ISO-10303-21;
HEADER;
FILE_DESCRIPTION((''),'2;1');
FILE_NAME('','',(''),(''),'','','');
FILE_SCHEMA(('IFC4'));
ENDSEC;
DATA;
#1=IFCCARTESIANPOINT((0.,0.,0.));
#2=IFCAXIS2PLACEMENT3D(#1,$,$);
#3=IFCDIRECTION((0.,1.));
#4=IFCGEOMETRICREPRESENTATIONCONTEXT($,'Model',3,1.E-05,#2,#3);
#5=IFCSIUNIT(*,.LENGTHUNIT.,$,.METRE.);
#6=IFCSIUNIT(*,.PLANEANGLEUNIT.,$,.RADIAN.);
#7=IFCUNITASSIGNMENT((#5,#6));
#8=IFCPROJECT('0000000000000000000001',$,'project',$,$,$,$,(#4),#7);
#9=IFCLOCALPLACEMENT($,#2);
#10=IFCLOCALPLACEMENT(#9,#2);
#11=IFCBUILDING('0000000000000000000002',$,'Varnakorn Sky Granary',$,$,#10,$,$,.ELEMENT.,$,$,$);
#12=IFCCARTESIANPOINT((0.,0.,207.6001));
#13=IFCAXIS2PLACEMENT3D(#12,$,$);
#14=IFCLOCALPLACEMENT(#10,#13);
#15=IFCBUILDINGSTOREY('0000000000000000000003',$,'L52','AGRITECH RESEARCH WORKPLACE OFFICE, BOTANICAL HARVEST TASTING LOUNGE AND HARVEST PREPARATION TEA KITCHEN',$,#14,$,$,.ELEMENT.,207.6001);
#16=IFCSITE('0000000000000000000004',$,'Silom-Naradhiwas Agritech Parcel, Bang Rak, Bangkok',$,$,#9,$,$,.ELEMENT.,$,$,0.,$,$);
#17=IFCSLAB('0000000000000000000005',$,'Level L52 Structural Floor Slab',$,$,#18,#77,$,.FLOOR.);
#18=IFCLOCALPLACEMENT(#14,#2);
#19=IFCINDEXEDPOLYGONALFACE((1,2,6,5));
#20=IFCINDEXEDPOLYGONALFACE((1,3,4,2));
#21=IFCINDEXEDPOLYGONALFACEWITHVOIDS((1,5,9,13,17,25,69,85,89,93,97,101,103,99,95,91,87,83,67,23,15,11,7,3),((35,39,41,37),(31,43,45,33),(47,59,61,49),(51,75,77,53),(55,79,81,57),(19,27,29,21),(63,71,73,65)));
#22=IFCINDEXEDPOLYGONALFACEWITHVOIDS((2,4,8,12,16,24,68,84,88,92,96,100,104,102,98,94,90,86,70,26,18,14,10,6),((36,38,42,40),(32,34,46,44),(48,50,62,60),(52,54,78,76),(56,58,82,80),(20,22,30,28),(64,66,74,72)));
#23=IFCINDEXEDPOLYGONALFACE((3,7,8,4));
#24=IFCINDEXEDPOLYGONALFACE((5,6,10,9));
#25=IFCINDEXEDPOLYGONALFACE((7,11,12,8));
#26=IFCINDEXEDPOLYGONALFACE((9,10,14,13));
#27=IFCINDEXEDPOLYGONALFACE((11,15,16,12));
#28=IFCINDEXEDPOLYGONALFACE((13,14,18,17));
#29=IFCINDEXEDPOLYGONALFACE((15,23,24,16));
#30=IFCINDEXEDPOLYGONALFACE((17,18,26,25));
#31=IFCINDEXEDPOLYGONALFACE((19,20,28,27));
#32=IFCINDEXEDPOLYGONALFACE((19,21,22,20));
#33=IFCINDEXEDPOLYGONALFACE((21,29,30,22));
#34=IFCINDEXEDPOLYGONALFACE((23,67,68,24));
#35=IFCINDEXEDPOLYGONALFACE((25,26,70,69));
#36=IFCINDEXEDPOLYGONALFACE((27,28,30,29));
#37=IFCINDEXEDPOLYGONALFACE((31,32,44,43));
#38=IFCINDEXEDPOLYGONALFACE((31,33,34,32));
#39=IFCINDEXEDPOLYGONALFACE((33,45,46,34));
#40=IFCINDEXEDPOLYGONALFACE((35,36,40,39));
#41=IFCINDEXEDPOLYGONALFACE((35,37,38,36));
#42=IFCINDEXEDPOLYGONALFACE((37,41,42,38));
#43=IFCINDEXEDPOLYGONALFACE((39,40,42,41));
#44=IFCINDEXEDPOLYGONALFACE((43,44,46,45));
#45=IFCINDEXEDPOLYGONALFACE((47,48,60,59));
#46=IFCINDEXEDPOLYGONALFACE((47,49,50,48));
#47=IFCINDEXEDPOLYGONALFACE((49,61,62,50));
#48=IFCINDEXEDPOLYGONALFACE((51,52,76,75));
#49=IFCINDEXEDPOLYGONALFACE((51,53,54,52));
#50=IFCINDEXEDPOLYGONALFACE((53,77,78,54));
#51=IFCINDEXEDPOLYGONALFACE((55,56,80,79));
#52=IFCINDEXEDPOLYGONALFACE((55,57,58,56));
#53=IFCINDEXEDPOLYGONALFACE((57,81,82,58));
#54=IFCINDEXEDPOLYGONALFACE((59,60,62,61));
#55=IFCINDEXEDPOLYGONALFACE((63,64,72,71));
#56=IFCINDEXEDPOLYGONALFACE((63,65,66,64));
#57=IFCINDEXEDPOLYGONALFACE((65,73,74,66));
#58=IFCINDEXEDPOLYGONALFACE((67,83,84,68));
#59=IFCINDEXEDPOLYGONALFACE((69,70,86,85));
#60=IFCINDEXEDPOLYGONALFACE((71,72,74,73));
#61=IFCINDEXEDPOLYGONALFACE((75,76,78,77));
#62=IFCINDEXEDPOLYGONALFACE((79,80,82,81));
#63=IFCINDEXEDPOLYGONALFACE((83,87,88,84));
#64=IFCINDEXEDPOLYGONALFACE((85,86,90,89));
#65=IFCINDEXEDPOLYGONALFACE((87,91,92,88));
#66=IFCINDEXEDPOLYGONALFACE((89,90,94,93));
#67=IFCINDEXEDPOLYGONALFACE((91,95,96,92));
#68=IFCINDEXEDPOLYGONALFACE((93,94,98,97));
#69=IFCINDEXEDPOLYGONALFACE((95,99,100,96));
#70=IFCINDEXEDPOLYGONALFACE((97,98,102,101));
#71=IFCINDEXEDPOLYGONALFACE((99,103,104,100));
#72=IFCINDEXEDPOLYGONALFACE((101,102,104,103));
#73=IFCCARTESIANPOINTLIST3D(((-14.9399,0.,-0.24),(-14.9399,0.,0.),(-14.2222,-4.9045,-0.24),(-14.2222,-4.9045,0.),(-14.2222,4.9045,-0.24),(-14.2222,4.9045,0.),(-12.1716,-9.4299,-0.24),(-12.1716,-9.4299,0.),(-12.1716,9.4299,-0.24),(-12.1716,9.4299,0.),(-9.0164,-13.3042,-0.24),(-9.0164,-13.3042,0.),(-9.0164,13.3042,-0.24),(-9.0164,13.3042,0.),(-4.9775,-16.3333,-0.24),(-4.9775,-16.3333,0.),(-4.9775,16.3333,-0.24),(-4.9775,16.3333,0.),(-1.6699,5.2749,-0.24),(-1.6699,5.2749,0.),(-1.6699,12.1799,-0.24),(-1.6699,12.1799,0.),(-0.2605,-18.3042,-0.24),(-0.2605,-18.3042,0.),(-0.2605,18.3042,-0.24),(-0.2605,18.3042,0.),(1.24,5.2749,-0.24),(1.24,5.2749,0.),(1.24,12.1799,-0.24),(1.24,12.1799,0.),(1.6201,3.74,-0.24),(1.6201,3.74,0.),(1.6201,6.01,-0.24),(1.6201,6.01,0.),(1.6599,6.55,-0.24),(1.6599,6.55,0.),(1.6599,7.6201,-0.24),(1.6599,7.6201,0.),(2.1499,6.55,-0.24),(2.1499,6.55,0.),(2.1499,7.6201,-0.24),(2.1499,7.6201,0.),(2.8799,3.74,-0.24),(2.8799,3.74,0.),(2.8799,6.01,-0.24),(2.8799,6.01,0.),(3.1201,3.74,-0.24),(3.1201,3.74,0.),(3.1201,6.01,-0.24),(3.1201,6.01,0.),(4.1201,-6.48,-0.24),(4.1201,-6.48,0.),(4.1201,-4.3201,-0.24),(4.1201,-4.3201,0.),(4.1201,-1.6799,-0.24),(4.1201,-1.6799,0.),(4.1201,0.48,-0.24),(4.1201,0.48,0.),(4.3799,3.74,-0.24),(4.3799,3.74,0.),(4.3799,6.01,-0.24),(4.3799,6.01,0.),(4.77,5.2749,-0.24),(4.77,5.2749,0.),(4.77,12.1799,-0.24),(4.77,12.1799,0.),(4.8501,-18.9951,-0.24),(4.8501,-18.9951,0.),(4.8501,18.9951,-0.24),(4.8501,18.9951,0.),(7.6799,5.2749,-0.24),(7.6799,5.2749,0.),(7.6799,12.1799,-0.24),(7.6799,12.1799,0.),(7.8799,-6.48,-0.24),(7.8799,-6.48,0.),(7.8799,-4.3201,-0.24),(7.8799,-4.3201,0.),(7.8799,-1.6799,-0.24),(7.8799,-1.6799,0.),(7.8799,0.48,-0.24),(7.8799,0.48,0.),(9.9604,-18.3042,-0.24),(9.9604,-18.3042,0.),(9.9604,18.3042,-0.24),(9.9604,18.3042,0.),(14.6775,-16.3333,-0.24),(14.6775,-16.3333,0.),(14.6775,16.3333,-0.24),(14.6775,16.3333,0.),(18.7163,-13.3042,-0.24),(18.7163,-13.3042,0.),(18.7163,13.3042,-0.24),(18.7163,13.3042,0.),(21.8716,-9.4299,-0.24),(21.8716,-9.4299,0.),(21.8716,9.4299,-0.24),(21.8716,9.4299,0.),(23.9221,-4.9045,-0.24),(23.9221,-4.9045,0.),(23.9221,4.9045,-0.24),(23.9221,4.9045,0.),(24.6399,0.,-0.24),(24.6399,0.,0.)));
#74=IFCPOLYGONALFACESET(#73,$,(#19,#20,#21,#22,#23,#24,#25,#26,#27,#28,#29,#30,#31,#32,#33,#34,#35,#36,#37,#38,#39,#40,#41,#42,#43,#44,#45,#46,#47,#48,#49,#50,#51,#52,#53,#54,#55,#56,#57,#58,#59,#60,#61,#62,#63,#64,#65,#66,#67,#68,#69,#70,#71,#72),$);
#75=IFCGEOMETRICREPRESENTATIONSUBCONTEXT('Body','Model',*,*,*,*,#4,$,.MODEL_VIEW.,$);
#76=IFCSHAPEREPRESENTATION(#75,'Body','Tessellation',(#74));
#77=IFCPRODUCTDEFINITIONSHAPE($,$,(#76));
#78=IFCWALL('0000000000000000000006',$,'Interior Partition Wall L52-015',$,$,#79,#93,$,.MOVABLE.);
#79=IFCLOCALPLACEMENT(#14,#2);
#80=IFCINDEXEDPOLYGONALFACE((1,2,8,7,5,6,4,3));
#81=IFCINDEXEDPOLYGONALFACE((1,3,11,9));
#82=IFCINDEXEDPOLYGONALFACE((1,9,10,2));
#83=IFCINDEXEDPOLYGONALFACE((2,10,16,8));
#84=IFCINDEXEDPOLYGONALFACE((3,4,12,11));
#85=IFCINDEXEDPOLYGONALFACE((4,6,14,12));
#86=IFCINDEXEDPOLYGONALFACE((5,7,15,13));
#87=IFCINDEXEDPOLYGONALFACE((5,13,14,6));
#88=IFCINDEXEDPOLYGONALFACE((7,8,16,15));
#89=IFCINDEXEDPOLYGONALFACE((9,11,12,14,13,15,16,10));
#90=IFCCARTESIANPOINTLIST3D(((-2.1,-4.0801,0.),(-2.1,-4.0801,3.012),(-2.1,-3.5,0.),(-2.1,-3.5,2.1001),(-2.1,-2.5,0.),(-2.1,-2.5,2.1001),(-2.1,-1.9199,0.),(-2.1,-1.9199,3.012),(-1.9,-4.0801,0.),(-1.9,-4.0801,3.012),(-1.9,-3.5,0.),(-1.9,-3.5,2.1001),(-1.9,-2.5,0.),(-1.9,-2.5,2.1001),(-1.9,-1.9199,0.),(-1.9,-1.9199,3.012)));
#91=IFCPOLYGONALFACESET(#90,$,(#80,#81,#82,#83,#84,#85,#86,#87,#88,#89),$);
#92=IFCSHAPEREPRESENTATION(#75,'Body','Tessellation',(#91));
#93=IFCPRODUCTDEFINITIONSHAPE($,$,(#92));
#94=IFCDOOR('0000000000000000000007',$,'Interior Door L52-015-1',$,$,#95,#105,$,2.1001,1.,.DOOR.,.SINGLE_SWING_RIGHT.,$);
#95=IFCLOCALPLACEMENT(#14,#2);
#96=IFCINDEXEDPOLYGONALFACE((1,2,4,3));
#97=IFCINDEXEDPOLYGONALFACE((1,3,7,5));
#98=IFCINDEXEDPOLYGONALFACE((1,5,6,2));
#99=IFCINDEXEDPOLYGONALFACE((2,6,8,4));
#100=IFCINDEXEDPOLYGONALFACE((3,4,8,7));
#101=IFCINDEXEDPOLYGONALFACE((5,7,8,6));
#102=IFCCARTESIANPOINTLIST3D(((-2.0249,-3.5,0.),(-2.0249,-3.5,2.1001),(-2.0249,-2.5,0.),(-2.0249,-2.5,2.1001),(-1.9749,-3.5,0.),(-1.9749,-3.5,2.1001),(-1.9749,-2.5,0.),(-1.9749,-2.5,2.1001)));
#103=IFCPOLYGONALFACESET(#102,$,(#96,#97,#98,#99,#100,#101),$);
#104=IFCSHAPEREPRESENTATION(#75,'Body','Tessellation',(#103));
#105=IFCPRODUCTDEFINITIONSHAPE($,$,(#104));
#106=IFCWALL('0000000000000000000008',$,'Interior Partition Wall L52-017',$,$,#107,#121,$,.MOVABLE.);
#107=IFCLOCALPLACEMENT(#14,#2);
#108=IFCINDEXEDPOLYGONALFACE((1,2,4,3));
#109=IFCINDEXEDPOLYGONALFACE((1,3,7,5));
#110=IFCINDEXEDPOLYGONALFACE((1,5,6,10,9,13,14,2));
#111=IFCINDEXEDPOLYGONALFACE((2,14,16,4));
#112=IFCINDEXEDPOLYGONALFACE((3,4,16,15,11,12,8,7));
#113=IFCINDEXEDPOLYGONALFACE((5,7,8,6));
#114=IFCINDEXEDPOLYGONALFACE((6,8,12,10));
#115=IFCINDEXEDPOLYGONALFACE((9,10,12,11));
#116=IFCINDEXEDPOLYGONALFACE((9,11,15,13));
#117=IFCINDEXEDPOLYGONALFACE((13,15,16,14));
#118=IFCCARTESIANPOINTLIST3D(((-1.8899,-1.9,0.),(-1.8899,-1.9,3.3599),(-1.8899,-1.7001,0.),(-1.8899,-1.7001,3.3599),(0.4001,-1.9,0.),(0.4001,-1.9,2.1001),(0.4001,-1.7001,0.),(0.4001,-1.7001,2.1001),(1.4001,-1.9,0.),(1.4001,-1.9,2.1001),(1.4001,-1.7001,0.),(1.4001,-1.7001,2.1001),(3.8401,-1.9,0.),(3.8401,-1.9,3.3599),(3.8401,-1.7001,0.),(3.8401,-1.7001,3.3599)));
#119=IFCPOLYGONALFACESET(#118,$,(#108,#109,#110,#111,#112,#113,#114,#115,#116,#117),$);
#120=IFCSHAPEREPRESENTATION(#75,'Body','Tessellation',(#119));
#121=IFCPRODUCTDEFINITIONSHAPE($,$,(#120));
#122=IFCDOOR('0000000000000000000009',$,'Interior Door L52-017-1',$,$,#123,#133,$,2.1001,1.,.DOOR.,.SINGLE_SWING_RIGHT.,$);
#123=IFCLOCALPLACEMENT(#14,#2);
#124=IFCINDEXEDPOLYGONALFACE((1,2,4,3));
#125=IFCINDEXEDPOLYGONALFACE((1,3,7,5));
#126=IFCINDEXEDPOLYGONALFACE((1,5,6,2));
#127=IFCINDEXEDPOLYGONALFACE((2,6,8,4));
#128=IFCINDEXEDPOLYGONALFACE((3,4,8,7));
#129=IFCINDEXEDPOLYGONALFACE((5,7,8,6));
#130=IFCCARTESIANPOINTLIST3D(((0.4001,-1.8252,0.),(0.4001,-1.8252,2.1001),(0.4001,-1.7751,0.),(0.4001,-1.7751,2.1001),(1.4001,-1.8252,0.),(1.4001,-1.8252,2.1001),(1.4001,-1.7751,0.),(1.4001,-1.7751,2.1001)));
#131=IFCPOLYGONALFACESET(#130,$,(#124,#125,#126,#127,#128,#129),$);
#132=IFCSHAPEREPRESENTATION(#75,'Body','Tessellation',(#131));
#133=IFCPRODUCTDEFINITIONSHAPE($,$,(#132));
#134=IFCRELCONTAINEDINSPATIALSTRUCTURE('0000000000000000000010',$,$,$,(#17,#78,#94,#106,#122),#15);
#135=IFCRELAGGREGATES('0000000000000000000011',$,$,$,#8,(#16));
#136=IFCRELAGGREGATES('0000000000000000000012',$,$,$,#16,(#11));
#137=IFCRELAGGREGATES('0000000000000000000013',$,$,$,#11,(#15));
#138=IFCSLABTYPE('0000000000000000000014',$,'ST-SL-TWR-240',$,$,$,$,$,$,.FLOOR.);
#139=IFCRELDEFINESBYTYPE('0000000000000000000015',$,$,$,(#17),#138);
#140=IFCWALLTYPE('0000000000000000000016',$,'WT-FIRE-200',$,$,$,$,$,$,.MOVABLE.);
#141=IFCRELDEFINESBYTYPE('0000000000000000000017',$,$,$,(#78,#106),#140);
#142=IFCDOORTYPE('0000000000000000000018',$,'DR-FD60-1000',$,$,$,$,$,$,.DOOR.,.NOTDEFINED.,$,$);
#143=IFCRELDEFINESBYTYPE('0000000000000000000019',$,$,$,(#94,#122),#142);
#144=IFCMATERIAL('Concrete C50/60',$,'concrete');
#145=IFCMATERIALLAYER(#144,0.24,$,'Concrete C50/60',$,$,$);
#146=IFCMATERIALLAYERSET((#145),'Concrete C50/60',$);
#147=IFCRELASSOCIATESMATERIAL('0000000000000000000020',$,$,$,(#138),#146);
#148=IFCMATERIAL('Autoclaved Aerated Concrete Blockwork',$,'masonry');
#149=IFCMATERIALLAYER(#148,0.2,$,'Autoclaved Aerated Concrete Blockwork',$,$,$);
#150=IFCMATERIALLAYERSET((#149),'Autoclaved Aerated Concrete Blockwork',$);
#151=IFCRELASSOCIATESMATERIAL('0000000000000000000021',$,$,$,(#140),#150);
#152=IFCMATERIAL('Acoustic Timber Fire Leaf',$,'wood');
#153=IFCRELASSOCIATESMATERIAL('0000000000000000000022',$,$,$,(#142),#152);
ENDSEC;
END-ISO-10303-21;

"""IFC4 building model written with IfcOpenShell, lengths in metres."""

from ifc_helpers import new_model, si_unit, direction, frame, frame_2d, origin, place, context, subcontext, project, spatial, polyline, rectangle, outline, extrude, material, layer, layer_set, type_object, element, fill, save


model = new_model("IFC4")

# Units and contexts
model_context = context("Model", 3, precision=1e-05, world=origin(), true_north=direction((0.0, 1.0)))
body_context = subcontext(model_context, "Body", "Model", "MODEL_VIEW")
ifc_project = project(units=[si_unit("LENGTHUNIT", "METRE"), si_unit("PLANEANGLEUNIT", "RADIAN")], contexts=[model_context])

# Site, building, storey
site_placement = place(None, origin())
site = spatial("IfcSite", under=ifc_project, at=site_placement, Name="Silom-Naradhiwas Agritech Parcel, Bang Rak, Bangkok", CompositionType="ELEMENT", RefElevation=0.0)
building_placement = place(site_placement, origin())
building = spatial("IfcBuilding", under=site, at=building_placement, Name="Varnakorn Sky Granary", CompositionType="ELEMENT")
storey_placement = place(building_placement, frame((0.0, 0.0, 207.6001)))
storey = spatial("IfcBuildingStorey", under=building, at=storey_placement, Name="L52", Description="AGRITECH RESEARCH WORKPLACE OFFICE, BOTANICAL HARVEST TASTING LOUNGE AND HARVEST PREPARATION TEA KITCHEN", CompositionType="ELEMENT", Elevation=207.6001)

# Shared definitions
ifc_material_1 = material(Name="Concrete C50/60", Category="concrete")

# Slab
ifc_layer_1 = layer(ifc_material_1, 0.24, Name="Concrete C50/60")
ifc_layer_set_1 = layer_set([ifc_layer_1], Name="Concrete C50/60")
slab_type_1 = type_object("IfcSlabType", Name="ST-SL-TWR-240", PredefinedType="FLOOR", material=ifc_layer_set_1)
slab_1_placement = place(storey_placement, frame((0.0, 0.0, -0.24)))
element("IfcSlab", 1, at=slab_1_placement, inside=storey, type_object=slab_type_1, Name="Level L52 Structural Floor Slab", PredefinedType="FLOOR", context=body_context, shape_type="SweptSolid", body=[
    extrude(outline(polyline([(24.6399, 0.0), (23.9221, 4.9045), (21.8716, 9.4299), (18.7163, 13.3042), (14.6775, 16.3333), (9.9604, 18.3042), (4.8501, 18.9951), (-0.2605, 18.3042), (-4.9775, 16.3333), (-9.0164, 13.3042), (-12.1716, 9.4299), (-14.2222, 4.9045), (-14.9399, 0.0), (-14.2222, -4.9045), (-12.1716, -9.4299), (-9.0164, -13.3042), (-4.9775, -16.3333), (-0.2605, -18.3042), (4.8501, -18.9951), (9.9604, -18.3042), (14.6775, -16.3333), (18.7163, -13.3042), (21.8716, -9.4299), (23.9221, -4.9045), (24.6399, 0.0)]), holes=[polyline([(1.24, 5.2749), (1.24, 12.1799), (-1.6699, 12.1799), (-1.6699, 5.2749), (1.24, 5.2749)]), polyline([(7.6799, 5.2749), (7.6799, 12.1799), (4.77, 12.1799), (4.77, 5.2749), (7.6799, 5.2749)]), polyline([(1.6599, 6.55), (2.1499, 6.55), (2.1499, 7.6201), (1.6599, 7.6201), (1.6599, 6.55)]), polyline([(1.6201, 3.74), (2.8799, 3.74), (2.8799, 6.01), (1.6201, 6.01), (1.6201, 3.74)]), polyline([(3.1201, 3.74), (4.3799, 3.74), (4.3799, 6.01), (3.1201, 6.01), (3.1201, 3.74)]), polyline([(4.1201, -1.6799), (7.8799, -1.6799), (7.8799, 0.48), (4.1201, 0.48), (4.1201, -1.6799)]), polyline([(4.1201, -6.48), (7.8799, -6.48), (7.8799, -4.3201), (4.1201, -4.3201), (4.1201, -6.48)])]), origin(), (0.0, 0.0, 1.0), 0.24),
])

# Walls, openings, doors
ifc_material_2 = material(Name="Autoclaved Aerated Concrete Blockwork", Category="masonry")
ifc_layer_2 = layer(ifc_material_2, 0.2, Name="Autoclaved Aerated Concrete Blockwork")
ifc_layer_set_2 = layer_set([ifc_layer_2], Name="Autoclaved Aerated Concrete Blockwork")
wall_type_1 = type_object("IfcWallType", Name="WT-FIRE-200", PredefinedType="MOVABLE", material=ifc_layer_set_2)
wall_1_placement = place(storey_placement, frame((-2.0, -4.0801, 0.0), z_axis=(0.0, 0.0, 1.0), x_axis=(0.0, 1.0, 0.0)))
wall_1 = element("IfcWall", 2, at=wall_1_placement, inside=storey, type_object=wall_type_1, Name="Interior Partition Wall L52-015", PredefinedType="MOVABLE", context=body_context, shape_type="SweptSolid", body=[
    extrude(rectangle(XDim=2.1602, YDim=0.2, at=frame_2d((1.0801, 0.0))), origin(), (0.0, 0.0, 1.0), 3.012),
])
opening_1_placement = place(wall_1_placement, frame((0.5801, 0.0, 0.0)))
opening_1 = element("IfcOpeningElement", 3, at=opening_1_placement, cuts=wall_1, PredefinedType="OPENING", context=body_context, shape_type="SweptSolid", body=[
    extrude(rectangle(XDim=1.0, YDim=2.1001, at=frame_2d((0.5, 1.05))), frame((0.0, 0.1099, 0.0), z_axis=(0.0, -1.0, 0.0), x_axis=(1.0, 0.0, 0.0)), (0.0, 0.0, 1.0), 0.22),
])
ifc_material_3 = material(Name="Acoustic Timber Fire Leaf", Category="wood")
door_type_1 = type_object("IfcDoorType", Name="DR-FD60-1000", OperationType="NOTDEFINED", PredefinedType="DOOR", material=ifc_material_3)
door_1_placement = place(opening_1_placement, origin())
door_1 = element("IfcDoor", 4, at=door_1_placement, inside=storey, type_object=door_type_1, Name="Interior Door L52-015-1", OperationType="SINGLE_SWING_RIGHT", OverallHeight=2.1001, OverallWidth=1.0, PredefinedType="DOOR", context=body_context, shape_type="SweptSolid", body=[
    extrude(rectangle(XDim=1.0, YDim=2.1001, at=frame_2d((0.5, 1.05))), frame((0.0, 0.0249, 0.0), z_axis=(0.0, -1.0, 0.0), x_axis=(1.0, 0.0, 0.0)), (0.0, 0.0, 1.0), 0.05),
])
fill(opening_1, door_1)
wall_2_placement = place(storey_placement, frame((-1.8899, -1.8, 0.0), z_axis=(0.0, 0.0, 1.0), x_axis=(1.0, 0.0, 0.0)))
wall_2 = element("IfcWall", 5, at=wall_2_placement, inside=storey, type_object=wall_type_1, Name="Interior Partition Wall L52-017", PredefinedType="MOVABLE", context=body_context, shape_type="SweptSolid", body=[
    extrude(rectangle(XDim=5.73, YDim=0.2, at=frame_2d((2.865, 0.0))), origin(), (0.0, 0.0, 1.0), 3.3599),
])
opening_2_placement = place(wall_2_placement, frame((2.29, 0.0, 0.0)))
opening_2 = element("IfcOpeningElement", 6, at=opening_2_placement, cuts=wall_2, PredefinedType="OPENING", context=body_context, shape_type="SweptSolid", body=[
    extrude(rectangle(XDim=1.0, YDim=2.1001, at=frame_2d((0.5, 1.05))), frame((0.0, 0.1099, 0.0), z_axis=(0.0, -1.0, 0.0), x_axis=(1.0, 0.0, 0.0)), (0.0, 0.0, 1.0), 0.22),
])
door_2_placement = place(opening_2_placement, origin())
door_2 = element("IfcDoor", 7, at=door_2_placement, inside=storey, type_object=door_type_1, Name="Interior Door L52-017-1", OperationType="SINGLE_SWING_RIGHT", OverallHeight=2.1001, OverallWidth=1.0, PredefinedType="DOOR", context=body_context, shape_type="SweptSolid", body=[
    extrude(rectangle(XDim=1.0, YDim=2.1001, at=frame_2d((0.5, 1.05))), frame((0.0, 0.0249, 0.0), z_axis=(0.0, -1.0, 0.0), x_axis=(1.0, 0.0, 0.0)), (0.0, 0.0, 1.0), 0.05),
])
fill(opening_2, door_2)

save(model, "model.ifc")
